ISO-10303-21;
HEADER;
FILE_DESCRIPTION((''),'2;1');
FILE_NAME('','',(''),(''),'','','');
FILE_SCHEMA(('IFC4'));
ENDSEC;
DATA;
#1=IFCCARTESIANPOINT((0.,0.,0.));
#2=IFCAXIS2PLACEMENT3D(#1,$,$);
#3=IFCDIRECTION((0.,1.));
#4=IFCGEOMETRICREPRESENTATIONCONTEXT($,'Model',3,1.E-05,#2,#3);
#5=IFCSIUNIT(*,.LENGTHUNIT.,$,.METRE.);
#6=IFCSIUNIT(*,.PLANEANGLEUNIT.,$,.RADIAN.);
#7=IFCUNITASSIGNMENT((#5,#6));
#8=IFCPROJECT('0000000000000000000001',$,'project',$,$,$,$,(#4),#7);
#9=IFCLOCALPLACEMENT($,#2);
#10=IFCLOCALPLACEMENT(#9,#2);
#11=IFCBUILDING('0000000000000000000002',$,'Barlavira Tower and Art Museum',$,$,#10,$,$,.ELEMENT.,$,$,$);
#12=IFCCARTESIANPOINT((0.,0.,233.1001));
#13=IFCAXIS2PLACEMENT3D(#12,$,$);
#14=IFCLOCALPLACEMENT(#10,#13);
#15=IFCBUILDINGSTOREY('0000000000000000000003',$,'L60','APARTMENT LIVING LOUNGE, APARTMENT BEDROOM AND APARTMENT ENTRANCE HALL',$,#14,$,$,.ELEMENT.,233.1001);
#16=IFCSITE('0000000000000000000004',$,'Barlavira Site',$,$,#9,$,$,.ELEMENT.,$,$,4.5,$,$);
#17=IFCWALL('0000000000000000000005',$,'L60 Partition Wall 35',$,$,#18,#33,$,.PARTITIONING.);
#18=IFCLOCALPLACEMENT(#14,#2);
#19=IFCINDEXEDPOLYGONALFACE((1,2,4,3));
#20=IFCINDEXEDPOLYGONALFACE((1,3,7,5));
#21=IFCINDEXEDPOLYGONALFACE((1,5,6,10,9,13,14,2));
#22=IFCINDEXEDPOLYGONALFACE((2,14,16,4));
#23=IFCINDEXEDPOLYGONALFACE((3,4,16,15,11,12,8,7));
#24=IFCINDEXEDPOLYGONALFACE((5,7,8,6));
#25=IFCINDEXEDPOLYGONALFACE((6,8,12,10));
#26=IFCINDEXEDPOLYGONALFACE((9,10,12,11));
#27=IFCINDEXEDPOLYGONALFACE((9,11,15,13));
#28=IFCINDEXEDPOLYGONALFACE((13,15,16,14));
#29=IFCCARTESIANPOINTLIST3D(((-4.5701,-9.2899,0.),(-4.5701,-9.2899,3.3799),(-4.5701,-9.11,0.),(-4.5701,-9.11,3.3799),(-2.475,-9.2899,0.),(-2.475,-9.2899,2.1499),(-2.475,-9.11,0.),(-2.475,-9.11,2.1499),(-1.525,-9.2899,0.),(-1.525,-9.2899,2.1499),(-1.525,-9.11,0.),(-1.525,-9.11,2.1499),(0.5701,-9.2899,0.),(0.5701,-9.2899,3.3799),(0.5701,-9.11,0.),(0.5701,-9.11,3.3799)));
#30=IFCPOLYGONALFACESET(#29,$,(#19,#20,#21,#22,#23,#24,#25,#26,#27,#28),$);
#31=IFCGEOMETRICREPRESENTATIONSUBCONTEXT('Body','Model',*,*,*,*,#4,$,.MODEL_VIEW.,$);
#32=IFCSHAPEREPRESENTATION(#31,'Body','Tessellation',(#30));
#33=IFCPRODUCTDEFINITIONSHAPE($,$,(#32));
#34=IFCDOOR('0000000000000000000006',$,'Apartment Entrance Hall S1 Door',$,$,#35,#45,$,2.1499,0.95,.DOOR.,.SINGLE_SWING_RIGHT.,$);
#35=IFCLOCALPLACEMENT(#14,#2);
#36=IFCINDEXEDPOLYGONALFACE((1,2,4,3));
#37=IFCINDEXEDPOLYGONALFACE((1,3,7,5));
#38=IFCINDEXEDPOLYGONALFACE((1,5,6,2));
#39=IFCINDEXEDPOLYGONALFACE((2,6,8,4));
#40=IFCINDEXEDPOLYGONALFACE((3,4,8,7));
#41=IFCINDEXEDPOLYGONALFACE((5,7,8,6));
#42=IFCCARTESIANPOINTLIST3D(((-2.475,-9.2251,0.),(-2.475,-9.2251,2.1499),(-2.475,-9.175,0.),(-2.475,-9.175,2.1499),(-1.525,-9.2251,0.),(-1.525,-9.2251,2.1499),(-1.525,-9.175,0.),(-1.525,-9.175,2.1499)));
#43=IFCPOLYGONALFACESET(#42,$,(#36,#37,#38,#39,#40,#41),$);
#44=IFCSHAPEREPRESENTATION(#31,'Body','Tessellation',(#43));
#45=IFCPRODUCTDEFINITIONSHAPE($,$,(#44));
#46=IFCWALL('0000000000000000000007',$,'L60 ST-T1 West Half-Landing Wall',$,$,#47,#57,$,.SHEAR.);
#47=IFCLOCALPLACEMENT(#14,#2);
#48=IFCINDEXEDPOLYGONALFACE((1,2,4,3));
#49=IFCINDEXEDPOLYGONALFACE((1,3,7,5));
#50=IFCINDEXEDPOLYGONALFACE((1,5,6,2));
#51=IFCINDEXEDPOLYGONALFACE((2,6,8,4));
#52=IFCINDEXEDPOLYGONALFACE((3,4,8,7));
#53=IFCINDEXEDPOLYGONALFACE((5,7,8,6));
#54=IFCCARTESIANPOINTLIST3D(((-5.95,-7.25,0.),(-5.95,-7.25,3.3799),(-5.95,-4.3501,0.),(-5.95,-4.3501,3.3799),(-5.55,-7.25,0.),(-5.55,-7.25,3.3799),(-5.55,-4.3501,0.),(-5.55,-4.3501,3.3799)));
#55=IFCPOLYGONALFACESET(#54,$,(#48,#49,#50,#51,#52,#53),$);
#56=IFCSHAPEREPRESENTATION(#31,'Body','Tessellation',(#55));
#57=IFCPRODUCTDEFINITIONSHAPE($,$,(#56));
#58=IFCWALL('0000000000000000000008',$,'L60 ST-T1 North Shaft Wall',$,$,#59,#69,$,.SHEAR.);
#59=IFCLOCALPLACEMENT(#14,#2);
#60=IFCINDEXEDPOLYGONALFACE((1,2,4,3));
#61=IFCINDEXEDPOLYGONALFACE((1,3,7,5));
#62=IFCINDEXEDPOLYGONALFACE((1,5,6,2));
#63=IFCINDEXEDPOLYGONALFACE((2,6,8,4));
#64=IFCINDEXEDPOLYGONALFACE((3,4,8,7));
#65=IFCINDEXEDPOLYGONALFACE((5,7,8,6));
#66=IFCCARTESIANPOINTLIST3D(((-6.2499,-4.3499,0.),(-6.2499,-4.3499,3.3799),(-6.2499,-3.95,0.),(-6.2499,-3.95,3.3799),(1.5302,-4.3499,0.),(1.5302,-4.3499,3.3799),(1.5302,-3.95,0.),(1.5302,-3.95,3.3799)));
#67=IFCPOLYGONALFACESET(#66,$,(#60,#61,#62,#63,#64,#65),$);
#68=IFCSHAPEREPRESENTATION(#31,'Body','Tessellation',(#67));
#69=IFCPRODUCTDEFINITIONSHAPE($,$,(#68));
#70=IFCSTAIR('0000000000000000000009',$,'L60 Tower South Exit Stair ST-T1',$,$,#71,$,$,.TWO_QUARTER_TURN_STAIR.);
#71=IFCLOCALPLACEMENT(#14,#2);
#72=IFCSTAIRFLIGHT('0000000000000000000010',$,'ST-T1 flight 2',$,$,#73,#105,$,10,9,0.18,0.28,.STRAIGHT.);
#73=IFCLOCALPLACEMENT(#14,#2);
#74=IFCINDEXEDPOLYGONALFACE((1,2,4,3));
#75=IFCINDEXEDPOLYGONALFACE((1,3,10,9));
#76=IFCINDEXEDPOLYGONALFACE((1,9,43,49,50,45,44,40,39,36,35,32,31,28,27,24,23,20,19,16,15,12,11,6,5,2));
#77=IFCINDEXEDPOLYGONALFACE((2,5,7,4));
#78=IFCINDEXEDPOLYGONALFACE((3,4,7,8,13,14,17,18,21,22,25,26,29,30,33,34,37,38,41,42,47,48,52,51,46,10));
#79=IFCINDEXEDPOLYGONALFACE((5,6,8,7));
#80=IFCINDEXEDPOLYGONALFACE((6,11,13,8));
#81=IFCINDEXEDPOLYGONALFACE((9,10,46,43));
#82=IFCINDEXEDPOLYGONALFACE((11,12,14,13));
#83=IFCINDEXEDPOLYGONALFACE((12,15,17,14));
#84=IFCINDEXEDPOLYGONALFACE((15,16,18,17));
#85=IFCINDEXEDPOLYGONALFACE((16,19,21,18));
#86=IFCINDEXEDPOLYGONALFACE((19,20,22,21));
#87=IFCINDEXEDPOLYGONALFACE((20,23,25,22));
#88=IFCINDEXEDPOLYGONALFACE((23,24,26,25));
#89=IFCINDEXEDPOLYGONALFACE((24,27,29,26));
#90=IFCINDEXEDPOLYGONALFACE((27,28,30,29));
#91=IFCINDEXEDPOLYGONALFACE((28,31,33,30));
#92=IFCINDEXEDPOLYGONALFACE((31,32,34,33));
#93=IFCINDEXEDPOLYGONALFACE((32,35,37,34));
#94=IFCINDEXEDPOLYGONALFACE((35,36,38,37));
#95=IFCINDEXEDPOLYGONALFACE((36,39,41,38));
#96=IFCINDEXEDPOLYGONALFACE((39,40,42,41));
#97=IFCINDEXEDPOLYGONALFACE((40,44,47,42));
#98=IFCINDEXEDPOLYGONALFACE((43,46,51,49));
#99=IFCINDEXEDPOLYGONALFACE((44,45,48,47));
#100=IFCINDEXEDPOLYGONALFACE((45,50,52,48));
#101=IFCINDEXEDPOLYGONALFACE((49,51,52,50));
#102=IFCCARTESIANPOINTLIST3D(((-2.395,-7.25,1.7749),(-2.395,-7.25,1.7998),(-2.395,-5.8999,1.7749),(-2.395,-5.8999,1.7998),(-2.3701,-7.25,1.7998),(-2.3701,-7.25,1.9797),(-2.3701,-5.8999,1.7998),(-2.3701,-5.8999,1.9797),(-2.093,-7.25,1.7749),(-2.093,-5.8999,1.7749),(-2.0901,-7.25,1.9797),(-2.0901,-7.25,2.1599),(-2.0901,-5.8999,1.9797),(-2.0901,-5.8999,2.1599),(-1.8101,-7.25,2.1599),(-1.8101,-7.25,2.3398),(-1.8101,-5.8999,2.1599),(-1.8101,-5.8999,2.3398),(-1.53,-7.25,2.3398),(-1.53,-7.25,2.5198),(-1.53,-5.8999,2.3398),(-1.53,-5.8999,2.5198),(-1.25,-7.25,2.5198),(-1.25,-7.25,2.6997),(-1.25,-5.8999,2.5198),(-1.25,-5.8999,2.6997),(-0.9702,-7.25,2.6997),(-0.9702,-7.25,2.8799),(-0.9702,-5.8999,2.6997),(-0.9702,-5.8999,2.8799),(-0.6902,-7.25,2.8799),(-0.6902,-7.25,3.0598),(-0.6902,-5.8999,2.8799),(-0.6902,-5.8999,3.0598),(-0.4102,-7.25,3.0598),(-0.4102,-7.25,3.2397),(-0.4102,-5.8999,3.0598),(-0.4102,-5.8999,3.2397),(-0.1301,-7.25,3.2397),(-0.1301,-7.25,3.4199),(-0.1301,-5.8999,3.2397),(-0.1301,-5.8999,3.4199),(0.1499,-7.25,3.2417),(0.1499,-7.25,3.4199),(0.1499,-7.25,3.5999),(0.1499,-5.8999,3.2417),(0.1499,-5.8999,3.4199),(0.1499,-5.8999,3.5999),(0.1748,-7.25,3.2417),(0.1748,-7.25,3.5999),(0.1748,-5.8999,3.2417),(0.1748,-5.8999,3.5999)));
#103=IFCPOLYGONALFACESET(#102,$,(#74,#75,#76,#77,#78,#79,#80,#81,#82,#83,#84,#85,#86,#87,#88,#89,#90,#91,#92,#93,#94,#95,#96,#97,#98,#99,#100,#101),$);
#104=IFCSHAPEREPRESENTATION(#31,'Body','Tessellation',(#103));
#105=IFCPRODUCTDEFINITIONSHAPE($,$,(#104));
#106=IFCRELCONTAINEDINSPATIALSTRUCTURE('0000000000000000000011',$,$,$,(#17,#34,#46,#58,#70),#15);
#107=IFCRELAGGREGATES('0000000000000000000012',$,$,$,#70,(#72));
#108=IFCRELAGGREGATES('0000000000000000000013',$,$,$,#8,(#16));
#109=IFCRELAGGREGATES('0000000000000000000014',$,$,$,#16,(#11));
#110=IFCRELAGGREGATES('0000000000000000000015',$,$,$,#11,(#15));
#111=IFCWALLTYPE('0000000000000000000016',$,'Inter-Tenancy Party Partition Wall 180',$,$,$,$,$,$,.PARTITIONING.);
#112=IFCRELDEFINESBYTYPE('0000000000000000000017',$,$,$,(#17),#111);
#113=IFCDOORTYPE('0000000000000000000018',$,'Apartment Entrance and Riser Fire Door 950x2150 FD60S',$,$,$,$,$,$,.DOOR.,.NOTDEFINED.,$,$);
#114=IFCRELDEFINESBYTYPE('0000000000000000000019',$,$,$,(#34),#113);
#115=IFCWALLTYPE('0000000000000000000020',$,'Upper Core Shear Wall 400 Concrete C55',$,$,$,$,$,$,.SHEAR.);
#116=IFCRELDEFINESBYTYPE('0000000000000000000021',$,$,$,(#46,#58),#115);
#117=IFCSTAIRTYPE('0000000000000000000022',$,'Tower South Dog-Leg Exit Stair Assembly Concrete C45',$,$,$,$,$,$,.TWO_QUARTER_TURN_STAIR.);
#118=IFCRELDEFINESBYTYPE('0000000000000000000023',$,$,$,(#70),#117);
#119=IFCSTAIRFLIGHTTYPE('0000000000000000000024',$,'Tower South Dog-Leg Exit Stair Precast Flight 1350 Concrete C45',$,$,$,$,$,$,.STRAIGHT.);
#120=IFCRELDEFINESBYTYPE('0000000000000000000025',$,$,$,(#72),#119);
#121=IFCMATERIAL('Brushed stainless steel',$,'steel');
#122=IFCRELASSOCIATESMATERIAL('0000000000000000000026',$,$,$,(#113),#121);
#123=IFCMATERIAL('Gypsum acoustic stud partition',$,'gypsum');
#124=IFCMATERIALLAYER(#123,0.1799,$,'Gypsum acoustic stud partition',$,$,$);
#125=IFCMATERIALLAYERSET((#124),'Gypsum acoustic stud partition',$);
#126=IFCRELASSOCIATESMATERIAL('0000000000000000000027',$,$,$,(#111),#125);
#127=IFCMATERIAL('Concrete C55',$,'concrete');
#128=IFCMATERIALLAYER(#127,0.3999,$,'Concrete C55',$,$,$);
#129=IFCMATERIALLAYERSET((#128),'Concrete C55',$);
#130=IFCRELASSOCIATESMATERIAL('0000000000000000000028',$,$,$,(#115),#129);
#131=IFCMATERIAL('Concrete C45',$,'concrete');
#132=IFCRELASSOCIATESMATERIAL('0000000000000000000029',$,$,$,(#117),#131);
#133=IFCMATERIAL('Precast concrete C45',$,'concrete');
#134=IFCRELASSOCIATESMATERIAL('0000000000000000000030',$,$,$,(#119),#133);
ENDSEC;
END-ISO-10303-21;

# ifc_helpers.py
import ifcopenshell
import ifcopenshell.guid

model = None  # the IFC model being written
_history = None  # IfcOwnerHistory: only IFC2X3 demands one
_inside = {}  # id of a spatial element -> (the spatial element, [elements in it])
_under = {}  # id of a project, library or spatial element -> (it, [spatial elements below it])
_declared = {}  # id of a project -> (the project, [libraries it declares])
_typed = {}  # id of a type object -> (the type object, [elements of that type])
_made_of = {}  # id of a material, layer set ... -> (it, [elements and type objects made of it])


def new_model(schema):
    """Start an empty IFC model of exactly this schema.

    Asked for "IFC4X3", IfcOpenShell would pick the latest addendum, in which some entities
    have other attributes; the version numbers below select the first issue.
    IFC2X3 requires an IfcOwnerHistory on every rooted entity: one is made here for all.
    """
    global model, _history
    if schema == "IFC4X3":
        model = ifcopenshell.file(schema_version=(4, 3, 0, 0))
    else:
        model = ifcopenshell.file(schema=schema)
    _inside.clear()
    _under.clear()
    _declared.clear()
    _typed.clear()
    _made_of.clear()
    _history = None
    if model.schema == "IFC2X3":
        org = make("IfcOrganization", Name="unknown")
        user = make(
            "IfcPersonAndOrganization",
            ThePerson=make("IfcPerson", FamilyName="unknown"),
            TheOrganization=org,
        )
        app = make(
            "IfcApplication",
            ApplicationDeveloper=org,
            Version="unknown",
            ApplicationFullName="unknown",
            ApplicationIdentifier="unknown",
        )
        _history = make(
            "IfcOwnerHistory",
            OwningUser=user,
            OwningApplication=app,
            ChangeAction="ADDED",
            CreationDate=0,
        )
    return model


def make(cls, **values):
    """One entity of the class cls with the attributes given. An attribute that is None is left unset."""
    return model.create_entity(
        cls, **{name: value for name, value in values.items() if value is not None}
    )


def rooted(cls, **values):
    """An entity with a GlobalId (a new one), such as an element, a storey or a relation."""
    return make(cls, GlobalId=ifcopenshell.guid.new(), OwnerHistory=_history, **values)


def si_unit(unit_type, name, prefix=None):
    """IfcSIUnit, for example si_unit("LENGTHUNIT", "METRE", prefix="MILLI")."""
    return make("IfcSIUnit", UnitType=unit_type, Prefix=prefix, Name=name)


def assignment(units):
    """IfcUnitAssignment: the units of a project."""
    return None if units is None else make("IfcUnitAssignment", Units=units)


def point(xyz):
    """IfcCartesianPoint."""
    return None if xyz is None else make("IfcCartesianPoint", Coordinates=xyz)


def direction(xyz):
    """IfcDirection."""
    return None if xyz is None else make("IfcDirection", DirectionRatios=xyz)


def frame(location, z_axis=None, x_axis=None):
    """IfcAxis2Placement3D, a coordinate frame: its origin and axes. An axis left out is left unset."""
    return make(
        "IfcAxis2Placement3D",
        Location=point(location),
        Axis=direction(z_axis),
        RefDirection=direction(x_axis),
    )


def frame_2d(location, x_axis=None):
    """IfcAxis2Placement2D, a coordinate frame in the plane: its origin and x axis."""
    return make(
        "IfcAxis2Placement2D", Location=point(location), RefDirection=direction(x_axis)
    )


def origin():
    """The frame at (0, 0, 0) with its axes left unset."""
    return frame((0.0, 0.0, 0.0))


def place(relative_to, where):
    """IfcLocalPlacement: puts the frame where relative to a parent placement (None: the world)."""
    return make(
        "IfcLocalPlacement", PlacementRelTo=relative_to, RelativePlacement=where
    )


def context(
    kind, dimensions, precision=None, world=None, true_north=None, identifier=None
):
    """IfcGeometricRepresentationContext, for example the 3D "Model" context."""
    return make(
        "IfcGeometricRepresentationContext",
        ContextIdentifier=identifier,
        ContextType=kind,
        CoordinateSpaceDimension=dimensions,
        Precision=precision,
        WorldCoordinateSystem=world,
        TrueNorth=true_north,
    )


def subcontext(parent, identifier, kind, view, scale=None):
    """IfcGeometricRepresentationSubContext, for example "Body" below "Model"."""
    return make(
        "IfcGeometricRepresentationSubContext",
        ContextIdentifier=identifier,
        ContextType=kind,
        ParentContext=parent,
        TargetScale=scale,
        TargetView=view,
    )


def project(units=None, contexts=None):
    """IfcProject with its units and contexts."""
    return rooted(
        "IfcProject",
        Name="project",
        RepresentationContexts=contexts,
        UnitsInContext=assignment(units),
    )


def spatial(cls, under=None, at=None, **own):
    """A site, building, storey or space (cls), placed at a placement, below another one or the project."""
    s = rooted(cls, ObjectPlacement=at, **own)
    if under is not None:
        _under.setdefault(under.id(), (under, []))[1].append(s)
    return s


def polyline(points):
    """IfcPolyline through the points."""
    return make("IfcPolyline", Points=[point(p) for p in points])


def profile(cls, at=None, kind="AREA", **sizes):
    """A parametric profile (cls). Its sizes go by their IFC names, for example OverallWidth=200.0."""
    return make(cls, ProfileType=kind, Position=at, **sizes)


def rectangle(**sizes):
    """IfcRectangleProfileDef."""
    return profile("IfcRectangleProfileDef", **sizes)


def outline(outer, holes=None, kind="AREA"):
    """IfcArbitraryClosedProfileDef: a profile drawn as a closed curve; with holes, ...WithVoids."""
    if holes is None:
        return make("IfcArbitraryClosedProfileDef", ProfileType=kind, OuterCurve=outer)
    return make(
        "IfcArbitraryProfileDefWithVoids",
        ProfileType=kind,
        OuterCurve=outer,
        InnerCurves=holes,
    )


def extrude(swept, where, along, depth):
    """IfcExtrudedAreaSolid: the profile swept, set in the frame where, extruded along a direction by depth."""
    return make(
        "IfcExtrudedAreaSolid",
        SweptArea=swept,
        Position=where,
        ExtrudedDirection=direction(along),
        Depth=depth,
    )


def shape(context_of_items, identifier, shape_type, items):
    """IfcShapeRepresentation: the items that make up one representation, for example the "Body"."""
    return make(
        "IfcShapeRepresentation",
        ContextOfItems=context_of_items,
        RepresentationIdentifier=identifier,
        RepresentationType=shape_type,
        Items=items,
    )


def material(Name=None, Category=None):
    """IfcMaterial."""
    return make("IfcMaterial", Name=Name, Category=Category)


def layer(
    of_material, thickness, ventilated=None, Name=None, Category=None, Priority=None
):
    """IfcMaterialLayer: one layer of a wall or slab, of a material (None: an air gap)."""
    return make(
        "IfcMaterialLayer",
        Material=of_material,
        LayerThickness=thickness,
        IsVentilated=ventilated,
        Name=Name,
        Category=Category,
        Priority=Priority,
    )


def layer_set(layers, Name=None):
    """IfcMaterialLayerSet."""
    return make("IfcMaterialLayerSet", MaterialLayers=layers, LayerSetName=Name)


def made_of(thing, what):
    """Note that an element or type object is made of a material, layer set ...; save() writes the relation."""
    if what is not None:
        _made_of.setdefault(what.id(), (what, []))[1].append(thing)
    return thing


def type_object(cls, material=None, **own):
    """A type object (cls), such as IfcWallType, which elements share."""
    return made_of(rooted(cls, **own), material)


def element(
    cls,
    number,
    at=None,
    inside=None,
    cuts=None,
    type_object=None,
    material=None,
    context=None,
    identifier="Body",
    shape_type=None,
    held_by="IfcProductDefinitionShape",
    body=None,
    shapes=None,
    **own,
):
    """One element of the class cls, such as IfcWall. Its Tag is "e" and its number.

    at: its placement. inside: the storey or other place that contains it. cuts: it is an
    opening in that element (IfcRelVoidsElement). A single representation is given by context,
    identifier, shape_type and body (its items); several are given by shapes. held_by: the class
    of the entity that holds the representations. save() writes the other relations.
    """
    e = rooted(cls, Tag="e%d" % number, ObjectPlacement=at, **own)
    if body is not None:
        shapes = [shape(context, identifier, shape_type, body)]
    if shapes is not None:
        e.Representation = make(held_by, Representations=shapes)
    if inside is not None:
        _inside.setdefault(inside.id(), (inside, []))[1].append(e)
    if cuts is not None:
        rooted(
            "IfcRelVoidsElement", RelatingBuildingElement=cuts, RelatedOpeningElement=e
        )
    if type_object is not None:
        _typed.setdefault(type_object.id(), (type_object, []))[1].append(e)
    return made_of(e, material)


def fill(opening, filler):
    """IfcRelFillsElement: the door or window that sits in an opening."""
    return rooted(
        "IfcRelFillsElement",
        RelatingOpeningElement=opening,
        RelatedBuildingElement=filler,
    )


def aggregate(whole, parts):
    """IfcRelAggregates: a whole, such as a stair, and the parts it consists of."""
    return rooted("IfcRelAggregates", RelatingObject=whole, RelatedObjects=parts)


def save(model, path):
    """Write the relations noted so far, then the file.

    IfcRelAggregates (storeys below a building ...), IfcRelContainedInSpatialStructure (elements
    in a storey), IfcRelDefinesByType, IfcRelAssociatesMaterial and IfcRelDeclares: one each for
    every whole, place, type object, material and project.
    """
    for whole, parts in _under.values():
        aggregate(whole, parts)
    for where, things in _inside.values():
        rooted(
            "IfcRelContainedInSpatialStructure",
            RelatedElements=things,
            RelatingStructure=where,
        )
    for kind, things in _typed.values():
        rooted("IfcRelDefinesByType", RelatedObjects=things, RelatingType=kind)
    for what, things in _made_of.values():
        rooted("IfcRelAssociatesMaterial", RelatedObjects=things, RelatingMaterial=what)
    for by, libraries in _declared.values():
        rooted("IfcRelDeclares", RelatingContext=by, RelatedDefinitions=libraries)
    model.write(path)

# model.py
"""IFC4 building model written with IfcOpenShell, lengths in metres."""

from ifc_helpers import new_model, si_unit, direction, frame, frame_2d, origin, place, context, subcontext, project, spatial, polyline, rectangle, outline, extrude, material, layer, layer_set, type_object, element, fill, aggregate, save


model = new_model("IFC4")

# Units and contexts
model_context = context("Model", 3, precision=1e-05, world=origin(), true_north=direction((0.0, 1.0)))
body_context = subcontext(model_context, "Body", "Model", "MODEL_VIEW")
ifc_project = project(units=[si_unit("LENGTHUNIT", "METRE"), si_unit("PLANEANGLEUNIT", "RADIAN")], contexts=[model_context])

# Site, building, storey
site_placement = place(None, origin())
site = spatial("IfcSite", under=ifc_project, at=site_placement, Name="Barlavira Site", CompositionType="ELEMENT", RefElevation=4.5)
building_placement = place(site_placement, origin())
building = spatial("IfcBuilding", under=site, at=building_placement, Name="Barlavira Tower and Art Museum", CompositionType="ELEMENT")
storey_placement = place(building_placement, frame((0.0, 0.0, 233.1001)))
storey = spatial("IfcBuildingStorey", under=building, at=storey_placement, Name="L60", Description="APARTMENT LIVING LOUNGE, APARTMENT BEDROOM AND APARTMENT ENTRANCE HALL", CompositionType="ELEMENT", Elevation=233.1001)

# Shared definitions
ifc_material_1 = material(Name="Brushed stainless steel", Category="steel")
door_type = type_object("IfcDoorType", Name="Apartment Entrance and Riser Fire Door 950x2150 FD60S", OperationType="NOTDEFINED", PredefinedType="DOOR", material=ifc_material_1)

# Shared definitions
ifc_material_2 = material(Name="Gypsum acoustic stud partition", Category="gypsum")
ifc_layer_1 = layer(ifc_material_2, 0.1799, Name="Gypsum acoustic stud partition")
ifc_layer_set_1 = layer_set([ifc_layer_1], Name="Gypsum acoustic stud partition")
wall_type_1 = type_object("IfcWallType", Name="Inter-Tenancy Party Partition Wall 180", PredefinedType="PARTITIONING", material=ifc_layer_set_1)

# Wall, opening, door
wall_1_placement = place(storey_placement, frame((-4.5701, -9.2, 0.0), z_axis=(0.0, 0.0, 1.0), x_axis=(1.0, 0.0, 0.0)))
wall_1 = element("IfcWall", 1, at=wall_1_placement, inside=storey, type_object=wall_type_1, Name="L60 Partition Wall 35", PredefinedType="PARTITIONING", context=body_context, shape_type="SweptSolid", body=[
    extrude(rectangle(XDim=5.1401, YDim=0.1799, at=frame_2d((2.5701, 0.0))), origin(), (0.0, 0.0, 1.0), 3.3799),
])
opening_1_placement = place(wall_1_placement, frame((2.095, 0.0, 0.0)))
opening_1 = element("IfcOpeningElement", 2, at=opening_1_placement, cuts=wall_1, PredefinedType="OPENING", context=body_context, shape_type="SweptSolid", body=[
    extrude(rectangle(XDim=0.95, YDim=2.1499, at=frame_2d((0.4751, 1.075))), frame((0.0, 0.1001, 0.0), z_axis=(0.0, -1.0, 0.0), x_axis=(1.0, 0.0, 0.0)), (0.0, 0.0, 1.0), 0.2),
])
door_1_placement = place(opening_1_placement, origin())
door_1 = element("IfcDoor", 3, at=door_1_placement, inside=storey, type_object=door_type, Name="Apartment Entrance Hall S1 Door", OperationType="SINGLE_SWING_RIGHT", OverallHeight=2.1499, OverallWidth=0.95, PredefinedType="DOOR", context=body_context, shape_type="SweptSolid", body=[
    extrude(rectangle(XDim=0.95, YDim=2.1499, at=frame_2d((0.4751, 1.075))), frame((0.0, 0.0249, 0.0), z_axis=(0.0, -1.0, 0.0), x_axis=(1.0, 0.0, 0.0)), (0.0, 0.0, 1.0), 0.05),
])
fill(opening_1, door_1)

# Walls
ifc_material_3 = material(Name="Concrete C55", Category="concrete")
ifc_layer_2 = layer(ifc_material_3, 0.3999, Name="Concrete C55")
ifc_layer_set_2 = layer_set([ifc_layer_2], Name="Concrete C55")
wall_type_2 = type_object("IfcWallType", Name="Upper Core Shear Wall 400 Concrete C55", PredefinedType="SHEAR", material=ifc_layer_set_2)
wall_2_placement = place(storey_placement, frame((-5.75, -7.25, 0.0), z_axis=(0.0, 0.0, 1.0), x_axis=(0.0, 1.0, 0.0)))
element("IfcWall", 4, at=wall_2_placement, inside=storey, type_object=wall_type_2, Name="L60 ST-T1 West Half-Landing Wall", PredefinedType="SHEAR", context=body_context, shape_type="SweptSolid", body=[
    extrude(rectangle(XDim=2.8999, YDim=0.3999, at=frame_2d((1.45, 0.0))), origin(), (0.0, 0.0, 1.0), 3.3799),
])
wall_3_placement = place(storey_placement, frame((-6.25, -4.1499, 0.0), z_axis=(0.0, 0.0, 1.0), x_axis=(1.0, 0.0, 0.0)))
element("IfcWall", 5, at=wall_3_placement, inside=storey, type_object=wall_type_2, Name="L60 ST-T1 North Shaft Wall", PredefinedType="SHEAR", context=body_context, shape_type="SweptSolid", body=[
    extrude(rectangle(XDim=7.78, YDim=0.3999, at=frame_2d((3.8901, 0.0))), origin(), (0.0, 0.0, 1.0), 3.3799),
])

# Stair, stair flight
ifc_material_4 = material(Name="Concrete C45", Category="concrete")
stair_type = type_object("IfcStairType", Name="Tower South Dog-Leg Exit Stair Assembly Concrete C45", PredefinedType="TWO_QUARTER_TURN_STAIR", material=ifc_material_4)
stair_placement = place(storey_placement, origin())
stair = element("IfcStair", 6, at=stair_placement, inside=storey, type_object=stair_type, Name="L60 Tower South Exit Stair ST-T1", PredefinedType="TWO_QUARTER_TURN_STAIR")
ifc_material_5 = material(Name="Precast concrete C45", Category="concrete")
stair_flight_type = type_object("IfcStairFlightType", Name="Tower South Dog-Leg Exit Stair Precast Flight 1350 Concrete C45", PredefinedType="STRAIGHT", material=ifc_material_5)
stair_flight_placement = place(storey_placement, frame((-2.3701, -6.575, 1.7998), z_axis=(0.0, 0.0, 1.0), x_axis=(1.0, 0.0, 0.0)))
stair_flight = element("IfcStairFlight", 7, at=stair_flight_placement, type_object=stair_flight_type, Name="ST-T1 flight 2", NumberOfRisers=10, NumberOfTreads=9, PredefinedType="STRAIGHT", RiserHeight=0.18, TreadLength=0.28, context=body_context, shape_type="SweptSolid", body=[
    extrude(outline(polyline([(-0.0249, 0.0), (0.0, 0.0), (0.0, 0.1799), (0.28, 0.1799), (0.28, 0.3601), (0.5601, 0.3601), (0.5601, 0.54), (0.8401, 0.54), (0.8401, 0.72), (1.1201, 0.72), (1.1201, 0.8999), (1.3999, 0.8999), (1.3999, 1.0801), (1.6799, 1.0801), (1.6799, 1.26), (1.96, 1.26), (1.96, 1.4399), (2.24, 1.4399), (2.24, 1.6201), (2.52, 1.6201), (2.52, 1.8), (2.5449, 1.8), (2.5449, 1.4419), (2.52, 1.4419), (0.2771, -0.0249), (-0.0249, -0.0249), (-0.0249, 0.0)])), frame((0.0, 0.675, 0.0), z_axis=(0.0, -1.0, 0.0), x_axis=(1.0, 0.0, 0.0)), (0.0, 0.0, 1.0), 1.3501),
])
aggregate(stair, [stair_flight])

save(model, "model.ifc")
